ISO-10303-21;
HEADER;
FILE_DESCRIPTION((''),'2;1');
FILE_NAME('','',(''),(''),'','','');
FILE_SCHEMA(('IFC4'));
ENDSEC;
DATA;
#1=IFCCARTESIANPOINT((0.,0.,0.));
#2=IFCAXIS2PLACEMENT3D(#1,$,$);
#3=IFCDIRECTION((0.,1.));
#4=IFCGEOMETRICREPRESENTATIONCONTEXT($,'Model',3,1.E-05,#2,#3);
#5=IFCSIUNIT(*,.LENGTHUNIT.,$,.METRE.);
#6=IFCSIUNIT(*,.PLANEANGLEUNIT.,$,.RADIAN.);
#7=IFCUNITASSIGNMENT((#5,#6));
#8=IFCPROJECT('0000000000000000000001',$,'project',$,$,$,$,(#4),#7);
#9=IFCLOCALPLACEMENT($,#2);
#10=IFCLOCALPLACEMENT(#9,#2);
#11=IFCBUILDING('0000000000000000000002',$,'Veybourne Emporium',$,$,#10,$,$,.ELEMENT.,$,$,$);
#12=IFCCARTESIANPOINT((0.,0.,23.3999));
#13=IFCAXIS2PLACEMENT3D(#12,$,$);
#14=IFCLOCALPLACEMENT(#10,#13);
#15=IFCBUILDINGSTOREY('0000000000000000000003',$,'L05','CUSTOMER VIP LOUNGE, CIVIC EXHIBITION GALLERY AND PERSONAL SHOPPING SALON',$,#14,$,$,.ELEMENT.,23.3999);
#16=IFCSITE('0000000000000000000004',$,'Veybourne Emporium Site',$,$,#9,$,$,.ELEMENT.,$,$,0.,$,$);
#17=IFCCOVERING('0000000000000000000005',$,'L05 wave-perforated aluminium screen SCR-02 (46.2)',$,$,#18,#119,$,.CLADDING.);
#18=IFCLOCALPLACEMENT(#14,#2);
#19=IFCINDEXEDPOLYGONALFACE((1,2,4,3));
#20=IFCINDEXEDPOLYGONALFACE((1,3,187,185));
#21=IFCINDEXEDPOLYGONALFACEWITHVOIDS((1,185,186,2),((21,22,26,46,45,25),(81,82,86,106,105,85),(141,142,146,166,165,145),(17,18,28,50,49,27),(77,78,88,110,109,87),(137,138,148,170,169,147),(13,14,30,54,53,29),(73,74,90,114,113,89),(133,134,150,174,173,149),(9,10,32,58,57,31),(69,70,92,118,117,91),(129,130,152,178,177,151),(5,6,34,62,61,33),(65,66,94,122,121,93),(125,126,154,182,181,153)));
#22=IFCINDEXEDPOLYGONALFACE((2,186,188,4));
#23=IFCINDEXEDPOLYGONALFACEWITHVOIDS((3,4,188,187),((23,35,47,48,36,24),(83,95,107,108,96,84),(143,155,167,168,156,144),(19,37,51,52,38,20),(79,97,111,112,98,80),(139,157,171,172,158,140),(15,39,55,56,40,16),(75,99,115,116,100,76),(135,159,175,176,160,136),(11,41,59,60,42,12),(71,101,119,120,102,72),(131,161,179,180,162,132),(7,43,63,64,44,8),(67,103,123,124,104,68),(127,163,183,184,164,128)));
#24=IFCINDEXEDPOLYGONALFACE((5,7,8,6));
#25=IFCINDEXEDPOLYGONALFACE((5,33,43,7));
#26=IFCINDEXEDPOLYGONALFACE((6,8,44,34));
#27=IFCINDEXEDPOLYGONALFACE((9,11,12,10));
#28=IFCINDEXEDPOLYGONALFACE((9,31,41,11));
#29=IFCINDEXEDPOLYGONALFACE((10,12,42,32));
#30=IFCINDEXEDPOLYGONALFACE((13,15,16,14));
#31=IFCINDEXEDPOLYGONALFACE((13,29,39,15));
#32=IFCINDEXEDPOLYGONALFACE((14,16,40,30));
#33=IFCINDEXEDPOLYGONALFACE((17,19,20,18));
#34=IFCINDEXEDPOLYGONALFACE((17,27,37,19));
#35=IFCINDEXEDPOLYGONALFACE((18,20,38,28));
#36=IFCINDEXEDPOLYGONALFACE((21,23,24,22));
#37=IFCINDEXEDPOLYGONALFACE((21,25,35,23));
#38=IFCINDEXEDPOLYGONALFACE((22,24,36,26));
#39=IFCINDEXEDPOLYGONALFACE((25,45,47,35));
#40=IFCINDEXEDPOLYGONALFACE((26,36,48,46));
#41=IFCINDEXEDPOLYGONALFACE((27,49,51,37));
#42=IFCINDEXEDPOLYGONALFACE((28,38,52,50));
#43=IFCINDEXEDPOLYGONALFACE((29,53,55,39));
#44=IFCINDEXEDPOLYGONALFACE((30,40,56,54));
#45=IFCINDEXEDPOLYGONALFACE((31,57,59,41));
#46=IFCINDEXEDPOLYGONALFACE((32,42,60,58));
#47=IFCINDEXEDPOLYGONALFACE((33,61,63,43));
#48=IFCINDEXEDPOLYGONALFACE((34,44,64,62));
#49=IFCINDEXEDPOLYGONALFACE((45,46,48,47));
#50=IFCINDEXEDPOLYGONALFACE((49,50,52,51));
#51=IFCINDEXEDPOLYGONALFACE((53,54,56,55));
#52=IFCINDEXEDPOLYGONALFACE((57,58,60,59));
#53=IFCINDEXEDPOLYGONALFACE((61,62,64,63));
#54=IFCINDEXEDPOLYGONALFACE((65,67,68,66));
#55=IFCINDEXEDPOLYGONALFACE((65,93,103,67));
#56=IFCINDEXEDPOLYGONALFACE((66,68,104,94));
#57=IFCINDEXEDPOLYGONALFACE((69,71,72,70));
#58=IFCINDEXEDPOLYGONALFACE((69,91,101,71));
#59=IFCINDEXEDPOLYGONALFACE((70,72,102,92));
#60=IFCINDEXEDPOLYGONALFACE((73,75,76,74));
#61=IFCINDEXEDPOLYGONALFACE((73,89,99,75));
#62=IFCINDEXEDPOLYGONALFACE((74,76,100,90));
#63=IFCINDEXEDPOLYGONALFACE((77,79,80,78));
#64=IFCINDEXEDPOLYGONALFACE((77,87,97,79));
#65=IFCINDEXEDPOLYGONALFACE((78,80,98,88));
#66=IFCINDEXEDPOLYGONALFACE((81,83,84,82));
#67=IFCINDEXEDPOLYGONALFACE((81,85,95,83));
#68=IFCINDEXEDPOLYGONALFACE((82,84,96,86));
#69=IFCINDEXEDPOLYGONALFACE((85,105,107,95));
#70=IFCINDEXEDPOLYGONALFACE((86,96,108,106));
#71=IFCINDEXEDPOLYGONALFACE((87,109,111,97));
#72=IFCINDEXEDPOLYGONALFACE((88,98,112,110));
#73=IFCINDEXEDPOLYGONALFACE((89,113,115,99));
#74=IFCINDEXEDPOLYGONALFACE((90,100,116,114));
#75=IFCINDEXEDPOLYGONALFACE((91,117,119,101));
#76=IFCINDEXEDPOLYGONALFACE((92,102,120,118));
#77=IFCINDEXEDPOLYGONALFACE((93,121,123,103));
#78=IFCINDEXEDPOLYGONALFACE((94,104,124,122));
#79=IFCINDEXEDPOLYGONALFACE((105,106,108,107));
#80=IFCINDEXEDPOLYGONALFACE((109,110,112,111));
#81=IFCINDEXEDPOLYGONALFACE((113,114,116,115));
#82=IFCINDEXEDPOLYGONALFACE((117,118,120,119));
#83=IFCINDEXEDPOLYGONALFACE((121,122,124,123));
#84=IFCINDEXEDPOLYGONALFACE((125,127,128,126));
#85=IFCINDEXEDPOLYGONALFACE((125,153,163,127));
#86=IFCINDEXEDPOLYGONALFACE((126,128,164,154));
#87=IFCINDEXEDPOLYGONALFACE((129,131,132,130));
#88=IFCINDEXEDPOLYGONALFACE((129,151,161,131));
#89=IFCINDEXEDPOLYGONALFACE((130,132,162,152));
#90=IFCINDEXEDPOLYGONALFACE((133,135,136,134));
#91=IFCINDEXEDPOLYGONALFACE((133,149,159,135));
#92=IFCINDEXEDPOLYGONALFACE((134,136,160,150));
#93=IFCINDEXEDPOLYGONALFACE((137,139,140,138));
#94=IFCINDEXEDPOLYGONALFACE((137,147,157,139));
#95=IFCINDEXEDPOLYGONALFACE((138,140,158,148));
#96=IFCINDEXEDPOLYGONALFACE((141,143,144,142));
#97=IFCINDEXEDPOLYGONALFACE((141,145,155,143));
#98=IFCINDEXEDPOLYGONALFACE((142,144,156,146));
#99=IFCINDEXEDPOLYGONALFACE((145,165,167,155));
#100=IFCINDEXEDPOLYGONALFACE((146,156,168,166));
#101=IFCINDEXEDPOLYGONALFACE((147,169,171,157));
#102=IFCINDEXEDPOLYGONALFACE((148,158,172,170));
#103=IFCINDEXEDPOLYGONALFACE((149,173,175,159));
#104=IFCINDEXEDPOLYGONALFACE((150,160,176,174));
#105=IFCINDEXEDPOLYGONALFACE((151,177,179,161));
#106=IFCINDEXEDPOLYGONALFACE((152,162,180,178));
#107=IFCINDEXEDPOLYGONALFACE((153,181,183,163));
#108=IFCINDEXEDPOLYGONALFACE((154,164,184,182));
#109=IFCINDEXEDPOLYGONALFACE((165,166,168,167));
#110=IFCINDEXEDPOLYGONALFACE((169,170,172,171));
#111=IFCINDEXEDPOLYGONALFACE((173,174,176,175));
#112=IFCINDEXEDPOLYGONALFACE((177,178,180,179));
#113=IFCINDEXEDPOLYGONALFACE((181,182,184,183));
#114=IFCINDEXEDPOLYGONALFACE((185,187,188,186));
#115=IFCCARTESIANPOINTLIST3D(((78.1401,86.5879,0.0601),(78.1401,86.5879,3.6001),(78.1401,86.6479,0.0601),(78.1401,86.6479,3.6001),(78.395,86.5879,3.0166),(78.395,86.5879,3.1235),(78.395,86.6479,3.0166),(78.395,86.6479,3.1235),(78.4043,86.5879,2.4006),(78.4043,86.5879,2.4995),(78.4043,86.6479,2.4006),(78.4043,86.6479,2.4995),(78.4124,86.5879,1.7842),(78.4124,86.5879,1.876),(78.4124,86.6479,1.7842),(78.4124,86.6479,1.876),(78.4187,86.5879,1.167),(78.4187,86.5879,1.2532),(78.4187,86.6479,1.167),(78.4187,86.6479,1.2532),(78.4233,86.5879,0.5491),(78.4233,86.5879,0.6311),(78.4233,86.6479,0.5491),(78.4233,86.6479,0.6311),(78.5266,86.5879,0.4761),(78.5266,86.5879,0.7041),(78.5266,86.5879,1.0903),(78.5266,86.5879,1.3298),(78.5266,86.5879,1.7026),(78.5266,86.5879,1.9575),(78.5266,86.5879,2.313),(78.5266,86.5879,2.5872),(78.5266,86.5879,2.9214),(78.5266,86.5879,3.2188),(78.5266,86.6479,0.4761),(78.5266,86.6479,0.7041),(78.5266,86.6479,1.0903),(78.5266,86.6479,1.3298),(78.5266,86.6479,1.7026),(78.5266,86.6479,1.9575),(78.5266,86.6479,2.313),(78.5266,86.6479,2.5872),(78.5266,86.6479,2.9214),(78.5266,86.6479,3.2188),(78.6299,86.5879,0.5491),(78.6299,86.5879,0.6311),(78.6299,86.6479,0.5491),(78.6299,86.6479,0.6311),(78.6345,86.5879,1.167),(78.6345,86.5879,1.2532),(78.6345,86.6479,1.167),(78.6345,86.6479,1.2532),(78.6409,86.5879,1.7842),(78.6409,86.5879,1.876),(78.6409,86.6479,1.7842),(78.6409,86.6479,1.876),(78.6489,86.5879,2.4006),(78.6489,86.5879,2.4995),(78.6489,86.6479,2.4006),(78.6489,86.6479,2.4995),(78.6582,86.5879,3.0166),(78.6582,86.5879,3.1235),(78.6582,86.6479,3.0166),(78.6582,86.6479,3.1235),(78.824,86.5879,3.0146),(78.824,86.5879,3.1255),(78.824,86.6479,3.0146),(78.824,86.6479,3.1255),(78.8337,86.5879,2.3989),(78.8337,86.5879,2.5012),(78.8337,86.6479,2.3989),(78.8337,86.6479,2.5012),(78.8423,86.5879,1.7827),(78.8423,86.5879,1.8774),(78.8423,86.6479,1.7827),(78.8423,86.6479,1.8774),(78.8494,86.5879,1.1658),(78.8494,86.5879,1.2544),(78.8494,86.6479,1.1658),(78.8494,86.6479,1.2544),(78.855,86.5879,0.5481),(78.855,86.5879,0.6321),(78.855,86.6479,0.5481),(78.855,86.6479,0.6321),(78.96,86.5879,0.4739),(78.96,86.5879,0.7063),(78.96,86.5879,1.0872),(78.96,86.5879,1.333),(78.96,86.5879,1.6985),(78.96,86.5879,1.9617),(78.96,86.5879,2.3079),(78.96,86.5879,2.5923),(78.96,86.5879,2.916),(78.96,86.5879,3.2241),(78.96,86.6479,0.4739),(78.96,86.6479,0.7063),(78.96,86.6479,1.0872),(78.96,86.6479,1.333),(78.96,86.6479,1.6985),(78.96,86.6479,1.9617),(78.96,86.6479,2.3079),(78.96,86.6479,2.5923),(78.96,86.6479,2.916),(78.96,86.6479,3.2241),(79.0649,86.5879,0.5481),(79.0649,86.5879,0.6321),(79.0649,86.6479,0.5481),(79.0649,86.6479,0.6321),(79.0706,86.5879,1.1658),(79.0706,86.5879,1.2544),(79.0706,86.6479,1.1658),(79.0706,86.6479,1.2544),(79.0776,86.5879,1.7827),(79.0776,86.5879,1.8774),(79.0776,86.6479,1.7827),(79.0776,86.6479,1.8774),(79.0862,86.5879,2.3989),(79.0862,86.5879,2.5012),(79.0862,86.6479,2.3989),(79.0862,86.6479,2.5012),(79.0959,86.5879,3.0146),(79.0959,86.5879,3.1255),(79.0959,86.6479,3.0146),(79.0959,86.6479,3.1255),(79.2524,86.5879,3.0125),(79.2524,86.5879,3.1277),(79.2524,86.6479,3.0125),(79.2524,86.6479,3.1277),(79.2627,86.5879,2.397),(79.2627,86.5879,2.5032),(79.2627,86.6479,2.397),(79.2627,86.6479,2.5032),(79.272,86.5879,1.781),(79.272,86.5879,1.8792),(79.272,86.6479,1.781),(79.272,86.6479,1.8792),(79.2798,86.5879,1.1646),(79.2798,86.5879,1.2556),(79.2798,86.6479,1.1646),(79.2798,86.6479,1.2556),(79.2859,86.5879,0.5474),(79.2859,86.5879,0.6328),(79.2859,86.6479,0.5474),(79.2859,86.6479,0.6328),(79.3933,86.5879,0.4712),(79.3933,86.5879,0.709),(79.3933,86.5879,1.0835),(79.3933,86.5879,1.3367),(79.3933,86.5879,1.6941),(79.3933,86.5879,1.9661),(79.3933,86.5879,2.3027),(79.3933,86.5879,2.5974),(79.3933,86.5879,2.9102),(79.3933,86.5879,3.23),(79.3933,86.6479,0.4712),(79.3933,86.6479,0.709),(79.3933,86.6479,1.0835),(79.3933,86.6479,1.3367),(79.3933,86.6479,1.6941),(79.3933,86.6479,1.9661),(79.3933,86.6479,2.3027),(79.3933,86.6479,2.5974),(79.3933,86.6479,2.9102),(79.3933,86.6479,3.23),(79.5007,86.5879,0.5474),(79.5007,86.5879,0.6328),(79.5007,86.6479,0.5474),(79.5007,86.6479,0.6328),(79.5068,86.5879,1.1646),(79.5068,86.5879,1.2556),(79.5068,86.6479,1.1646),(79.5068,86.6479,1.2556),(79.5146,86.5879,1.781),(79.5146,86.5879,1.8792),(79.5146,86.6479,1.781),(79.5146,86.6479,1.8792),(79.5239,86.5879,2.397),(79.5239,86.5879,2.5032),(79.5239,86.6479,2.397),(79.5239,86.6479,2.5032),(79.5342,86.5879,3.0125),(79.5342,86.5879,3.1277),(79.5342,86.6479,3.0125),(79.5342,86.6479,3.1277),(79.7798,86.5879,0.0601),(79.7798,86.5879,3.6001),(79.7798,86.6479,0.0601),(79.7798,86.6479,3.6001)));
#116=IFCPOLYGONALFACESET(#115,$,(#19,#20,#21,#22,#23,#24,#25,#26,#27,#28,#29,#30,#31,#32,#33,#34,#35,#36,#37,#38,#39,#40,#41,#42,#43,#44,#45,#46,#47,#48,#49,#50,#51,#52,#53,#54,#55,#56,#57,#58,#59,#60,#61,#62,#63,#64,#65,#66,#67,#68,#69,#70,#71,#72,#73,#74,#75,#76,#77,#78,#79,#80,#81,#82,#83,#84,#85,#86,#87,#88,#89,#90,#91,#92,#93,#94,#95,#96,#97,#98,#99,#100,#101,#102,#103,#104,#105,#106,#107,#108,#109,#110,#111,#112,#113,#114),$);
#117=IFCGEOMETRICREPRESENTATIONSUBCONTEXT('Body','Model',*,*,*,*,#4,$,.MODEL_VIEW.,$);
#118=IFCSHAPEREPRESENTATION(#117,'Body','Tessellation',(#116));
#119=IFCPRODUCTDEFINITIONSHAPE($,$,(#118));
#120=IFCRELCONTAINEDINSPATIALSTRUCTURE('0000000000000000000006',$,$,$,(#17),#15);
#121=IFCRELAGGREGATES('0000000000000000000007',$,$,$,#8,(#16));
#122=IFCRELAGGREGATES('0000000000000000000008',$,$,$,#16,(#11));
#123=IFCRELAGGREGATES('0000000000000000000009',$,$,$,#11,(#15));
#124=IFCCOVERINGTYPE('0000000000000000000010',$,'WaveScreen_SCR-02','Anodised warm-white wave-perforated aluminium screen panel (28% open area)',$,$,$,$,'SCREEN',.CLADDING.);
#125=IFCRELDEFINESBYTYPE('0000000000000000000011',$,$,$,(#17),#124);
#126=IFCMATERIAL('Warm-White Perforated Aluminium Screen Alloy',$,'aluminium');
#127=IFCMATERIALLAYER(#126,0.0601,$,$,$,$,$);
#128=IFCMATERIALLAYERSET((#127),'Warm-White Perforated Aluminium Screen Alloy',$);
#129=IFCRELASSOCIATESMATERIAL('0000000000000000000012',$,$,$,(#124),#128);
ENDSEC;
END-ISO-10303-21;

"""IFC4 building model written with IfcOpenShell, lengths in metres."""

from ifc_helpers import new_model, si_unit, direction, frame, origin, place, context, subcontext, project, spatial, polyline, outline, extrude, material, layer, layer_set, type_object, element, save


model = new_model("IFC4")

# Units and contexts
model_context = context("Model", 3, precision=1e-05, world=origin(), true_north=direction((0.0, 1.0)))
body_context = subcontext(model_context, "Body", "Model", "MODEL_VIEW")
ifc_project = project(units=[si_unit("LENGTHUNIT", "METRE"), si_unit("PLANEANGLEUNIT", "RADIAN")], contexts=[model_context])

# Site, building, storey
site_placement = place(None, origin())
site = spatial("IfcSite", under=ifc_project, at=site_placement, Name="Veybourne Emporium Site", CompositionType="ELEMENT", RefElevation=0.0)
building_placement = place(site_placement, origin())
building = spatial("IfcBuilding", under=site, at=building_placement, Name="Veybourne Emporium", CompositionType="ELEMENT")
storey_placement = place(building_placement, frame((0.0, 0.0, 23.3999)))
storey = spatial("IfcBuildingStorey", under=building, at=storey_placement, Name="L05", Description="CUSTOMER VIP LOUNGE, CIVIC EXHIBITION GALLERY AND PERSONAL SHOPPING SALON", CompositionType="ELEMENT", Elevation=23.3999)

# Covering
ifc_material_1 = material(Name="Warm-White Perforated Aluminium Screen Alloy", Category="aluminium")
ifc_layer_1 = layer(ifc_material_1, 0.0601)
ifc_layer_set_1 = layer_set([ifc_layer_1], Name="Warm-White Perforated Aluminium Screen Alloy")
covering_type_1 = type_object("IfcCoveringType", Name="WaveScreen_SCR-02", Description="Anodised warm-white wave-perforated aluminium screen panel (28% open area)", ElementType="SCREEN", PredefinedType="CLADDING", material=ifc_layer_set_1)
covering_1_placement = place(storey_placement, frame((78.96, 86.6479, 1.8301), z_axis=(0.0, -1.0, 0.0), x_axis=(1.0, 0.0, 0.0)))
element("IfcCovering", 1, at=covering_1_placement, inside=storey, type_object=covering_type_1, Name="L05 wave-perforated aluminium screen SCR-02 (46.2)", PredefinedType="CLADDING", context=body_context, shape_type="SweptSolid", body=[
    extrude(outline(polyline([(-0.8198, -1.77), (0.8198, -1.77), (0.8198, 1.77), (-0.8198, 1.77), (-0.8198, -1.77)]), holes=[polyline([(-0.4333, -1.126), (-0.3301, -1.199), (-0.3301, -1.281), (-0.4333, -1.354), (-0.5366, -1.281), (-0.5366, -1.199), (-0.4333, -1.126)]), polyline([(-0.4333, -0.5002), (-0.3254, -0.5769), (-0.3254, -0.6631), (-0.4333, -0.7397), (-0.5413, -0.6631), (-0.5413, -0.5769), (-0.4333, -0.5002)]), polyline([(-0.4333, 0.1274), (-0.3191, 0.0459), (-0.3191, -0.0459), (-0.4333, -0.1274), (-0.5476, -0.0459), (-0.5476, 0.0459), (-0.4333, 0.1274)]), polyline([(-0.4333, 0.7571), (-0.311, 0.6694), (-0.311, 0.5706), (-0.4333, 0.4829), (-0.5557, 0.5706), (-0.5557, 0.6694), (-0.4333, 0.7571)]), polyline([(-0.4333, 1.3887), (-0.3018, 1.2935), (-0.3018, 1.1865), (-0.4333, 1.0913), (-0.5649, 1.1865), (-0.5649, 1.2935), (-0.4333, 1.3887)]), polyline([(0.0, -1.1238), (0.105, -1.198), (0.105, -1.282), (0.0, -1.3562), (-0.105, -1.282), (-0.105, -1.198), (0.0, -1.1238)]), polyline([(0.0, -0.4971), (0.1106, -0.5757), (0.1106, -0.6643), (0.0, -0.7429), (-0.1106, -0.6643), (-0.1106, -0.5757), (0.0, -0.4971)]), polyline([(0.0, 0.1316), (0.1177, 0.0474), (0.1177, -0.0474), (0.0, -0.1316), (-0.1177, -0.0474), (-0.1177, 0.0474), (0.0, 0.1316)]), polyline([(0.0, 0.7622), (0.1262, 0.6711), (0.1262, 0.5688), (0.0, 0.4778), (-0.1262, 0.5688), (-0.1262, 0.6711), (0.0, 0.7622)]), polyline([(0.0, 1.394), (0.136, 1.2954), (0.136, 1.1846), (0.0, 1.0859), (-0.136, 1.1846), (-0.136, 1.2954), (0.0, 1.394)]), polyline([(0.4333, -1.1211), (0.5408, -1.1973), (0.5408, -1.2827), (0.4333, -1.3589), (0.3259, -1.2827), (0.3259, -1.1973), (0.4333, -1.1211)]), polyline([(0.4333, -0.4934), (0.5469, -0.5745), (0.5469, -0.6655), (0.4333, -0.7466), (0.3198, -0.6655), (0.3198, -0.5745), (0.4333, -0.4934)]), polyline([(0.4333, 0.136), (0.5547, 0.0491), (0.5547, -0.0491), (0.4333, -0.136), (0.312, -0.0491), (0.312, 0.0491), (0.4333, 0.136)]), polyline([(0.4333, 0.7673), (0.564, 0.6731), (0.564, 0.5669), (0.4333, 0.4727), (0.3027, 0.5669), (0.3027, 0.6731), (0.4333, 0.7673)]), polyline([(0.4333, 1.3999), (0.5742, 1.2976), (0.5742, 1.1824), (0.4333, 1.0801), (0.2925, 1.1824), (0.2925, 1.2976), (0.4333, 1.3999)])]), origin(), (0.0, 0.0, 1.0), 0.0601),
])

save(model, "model.ifc")
